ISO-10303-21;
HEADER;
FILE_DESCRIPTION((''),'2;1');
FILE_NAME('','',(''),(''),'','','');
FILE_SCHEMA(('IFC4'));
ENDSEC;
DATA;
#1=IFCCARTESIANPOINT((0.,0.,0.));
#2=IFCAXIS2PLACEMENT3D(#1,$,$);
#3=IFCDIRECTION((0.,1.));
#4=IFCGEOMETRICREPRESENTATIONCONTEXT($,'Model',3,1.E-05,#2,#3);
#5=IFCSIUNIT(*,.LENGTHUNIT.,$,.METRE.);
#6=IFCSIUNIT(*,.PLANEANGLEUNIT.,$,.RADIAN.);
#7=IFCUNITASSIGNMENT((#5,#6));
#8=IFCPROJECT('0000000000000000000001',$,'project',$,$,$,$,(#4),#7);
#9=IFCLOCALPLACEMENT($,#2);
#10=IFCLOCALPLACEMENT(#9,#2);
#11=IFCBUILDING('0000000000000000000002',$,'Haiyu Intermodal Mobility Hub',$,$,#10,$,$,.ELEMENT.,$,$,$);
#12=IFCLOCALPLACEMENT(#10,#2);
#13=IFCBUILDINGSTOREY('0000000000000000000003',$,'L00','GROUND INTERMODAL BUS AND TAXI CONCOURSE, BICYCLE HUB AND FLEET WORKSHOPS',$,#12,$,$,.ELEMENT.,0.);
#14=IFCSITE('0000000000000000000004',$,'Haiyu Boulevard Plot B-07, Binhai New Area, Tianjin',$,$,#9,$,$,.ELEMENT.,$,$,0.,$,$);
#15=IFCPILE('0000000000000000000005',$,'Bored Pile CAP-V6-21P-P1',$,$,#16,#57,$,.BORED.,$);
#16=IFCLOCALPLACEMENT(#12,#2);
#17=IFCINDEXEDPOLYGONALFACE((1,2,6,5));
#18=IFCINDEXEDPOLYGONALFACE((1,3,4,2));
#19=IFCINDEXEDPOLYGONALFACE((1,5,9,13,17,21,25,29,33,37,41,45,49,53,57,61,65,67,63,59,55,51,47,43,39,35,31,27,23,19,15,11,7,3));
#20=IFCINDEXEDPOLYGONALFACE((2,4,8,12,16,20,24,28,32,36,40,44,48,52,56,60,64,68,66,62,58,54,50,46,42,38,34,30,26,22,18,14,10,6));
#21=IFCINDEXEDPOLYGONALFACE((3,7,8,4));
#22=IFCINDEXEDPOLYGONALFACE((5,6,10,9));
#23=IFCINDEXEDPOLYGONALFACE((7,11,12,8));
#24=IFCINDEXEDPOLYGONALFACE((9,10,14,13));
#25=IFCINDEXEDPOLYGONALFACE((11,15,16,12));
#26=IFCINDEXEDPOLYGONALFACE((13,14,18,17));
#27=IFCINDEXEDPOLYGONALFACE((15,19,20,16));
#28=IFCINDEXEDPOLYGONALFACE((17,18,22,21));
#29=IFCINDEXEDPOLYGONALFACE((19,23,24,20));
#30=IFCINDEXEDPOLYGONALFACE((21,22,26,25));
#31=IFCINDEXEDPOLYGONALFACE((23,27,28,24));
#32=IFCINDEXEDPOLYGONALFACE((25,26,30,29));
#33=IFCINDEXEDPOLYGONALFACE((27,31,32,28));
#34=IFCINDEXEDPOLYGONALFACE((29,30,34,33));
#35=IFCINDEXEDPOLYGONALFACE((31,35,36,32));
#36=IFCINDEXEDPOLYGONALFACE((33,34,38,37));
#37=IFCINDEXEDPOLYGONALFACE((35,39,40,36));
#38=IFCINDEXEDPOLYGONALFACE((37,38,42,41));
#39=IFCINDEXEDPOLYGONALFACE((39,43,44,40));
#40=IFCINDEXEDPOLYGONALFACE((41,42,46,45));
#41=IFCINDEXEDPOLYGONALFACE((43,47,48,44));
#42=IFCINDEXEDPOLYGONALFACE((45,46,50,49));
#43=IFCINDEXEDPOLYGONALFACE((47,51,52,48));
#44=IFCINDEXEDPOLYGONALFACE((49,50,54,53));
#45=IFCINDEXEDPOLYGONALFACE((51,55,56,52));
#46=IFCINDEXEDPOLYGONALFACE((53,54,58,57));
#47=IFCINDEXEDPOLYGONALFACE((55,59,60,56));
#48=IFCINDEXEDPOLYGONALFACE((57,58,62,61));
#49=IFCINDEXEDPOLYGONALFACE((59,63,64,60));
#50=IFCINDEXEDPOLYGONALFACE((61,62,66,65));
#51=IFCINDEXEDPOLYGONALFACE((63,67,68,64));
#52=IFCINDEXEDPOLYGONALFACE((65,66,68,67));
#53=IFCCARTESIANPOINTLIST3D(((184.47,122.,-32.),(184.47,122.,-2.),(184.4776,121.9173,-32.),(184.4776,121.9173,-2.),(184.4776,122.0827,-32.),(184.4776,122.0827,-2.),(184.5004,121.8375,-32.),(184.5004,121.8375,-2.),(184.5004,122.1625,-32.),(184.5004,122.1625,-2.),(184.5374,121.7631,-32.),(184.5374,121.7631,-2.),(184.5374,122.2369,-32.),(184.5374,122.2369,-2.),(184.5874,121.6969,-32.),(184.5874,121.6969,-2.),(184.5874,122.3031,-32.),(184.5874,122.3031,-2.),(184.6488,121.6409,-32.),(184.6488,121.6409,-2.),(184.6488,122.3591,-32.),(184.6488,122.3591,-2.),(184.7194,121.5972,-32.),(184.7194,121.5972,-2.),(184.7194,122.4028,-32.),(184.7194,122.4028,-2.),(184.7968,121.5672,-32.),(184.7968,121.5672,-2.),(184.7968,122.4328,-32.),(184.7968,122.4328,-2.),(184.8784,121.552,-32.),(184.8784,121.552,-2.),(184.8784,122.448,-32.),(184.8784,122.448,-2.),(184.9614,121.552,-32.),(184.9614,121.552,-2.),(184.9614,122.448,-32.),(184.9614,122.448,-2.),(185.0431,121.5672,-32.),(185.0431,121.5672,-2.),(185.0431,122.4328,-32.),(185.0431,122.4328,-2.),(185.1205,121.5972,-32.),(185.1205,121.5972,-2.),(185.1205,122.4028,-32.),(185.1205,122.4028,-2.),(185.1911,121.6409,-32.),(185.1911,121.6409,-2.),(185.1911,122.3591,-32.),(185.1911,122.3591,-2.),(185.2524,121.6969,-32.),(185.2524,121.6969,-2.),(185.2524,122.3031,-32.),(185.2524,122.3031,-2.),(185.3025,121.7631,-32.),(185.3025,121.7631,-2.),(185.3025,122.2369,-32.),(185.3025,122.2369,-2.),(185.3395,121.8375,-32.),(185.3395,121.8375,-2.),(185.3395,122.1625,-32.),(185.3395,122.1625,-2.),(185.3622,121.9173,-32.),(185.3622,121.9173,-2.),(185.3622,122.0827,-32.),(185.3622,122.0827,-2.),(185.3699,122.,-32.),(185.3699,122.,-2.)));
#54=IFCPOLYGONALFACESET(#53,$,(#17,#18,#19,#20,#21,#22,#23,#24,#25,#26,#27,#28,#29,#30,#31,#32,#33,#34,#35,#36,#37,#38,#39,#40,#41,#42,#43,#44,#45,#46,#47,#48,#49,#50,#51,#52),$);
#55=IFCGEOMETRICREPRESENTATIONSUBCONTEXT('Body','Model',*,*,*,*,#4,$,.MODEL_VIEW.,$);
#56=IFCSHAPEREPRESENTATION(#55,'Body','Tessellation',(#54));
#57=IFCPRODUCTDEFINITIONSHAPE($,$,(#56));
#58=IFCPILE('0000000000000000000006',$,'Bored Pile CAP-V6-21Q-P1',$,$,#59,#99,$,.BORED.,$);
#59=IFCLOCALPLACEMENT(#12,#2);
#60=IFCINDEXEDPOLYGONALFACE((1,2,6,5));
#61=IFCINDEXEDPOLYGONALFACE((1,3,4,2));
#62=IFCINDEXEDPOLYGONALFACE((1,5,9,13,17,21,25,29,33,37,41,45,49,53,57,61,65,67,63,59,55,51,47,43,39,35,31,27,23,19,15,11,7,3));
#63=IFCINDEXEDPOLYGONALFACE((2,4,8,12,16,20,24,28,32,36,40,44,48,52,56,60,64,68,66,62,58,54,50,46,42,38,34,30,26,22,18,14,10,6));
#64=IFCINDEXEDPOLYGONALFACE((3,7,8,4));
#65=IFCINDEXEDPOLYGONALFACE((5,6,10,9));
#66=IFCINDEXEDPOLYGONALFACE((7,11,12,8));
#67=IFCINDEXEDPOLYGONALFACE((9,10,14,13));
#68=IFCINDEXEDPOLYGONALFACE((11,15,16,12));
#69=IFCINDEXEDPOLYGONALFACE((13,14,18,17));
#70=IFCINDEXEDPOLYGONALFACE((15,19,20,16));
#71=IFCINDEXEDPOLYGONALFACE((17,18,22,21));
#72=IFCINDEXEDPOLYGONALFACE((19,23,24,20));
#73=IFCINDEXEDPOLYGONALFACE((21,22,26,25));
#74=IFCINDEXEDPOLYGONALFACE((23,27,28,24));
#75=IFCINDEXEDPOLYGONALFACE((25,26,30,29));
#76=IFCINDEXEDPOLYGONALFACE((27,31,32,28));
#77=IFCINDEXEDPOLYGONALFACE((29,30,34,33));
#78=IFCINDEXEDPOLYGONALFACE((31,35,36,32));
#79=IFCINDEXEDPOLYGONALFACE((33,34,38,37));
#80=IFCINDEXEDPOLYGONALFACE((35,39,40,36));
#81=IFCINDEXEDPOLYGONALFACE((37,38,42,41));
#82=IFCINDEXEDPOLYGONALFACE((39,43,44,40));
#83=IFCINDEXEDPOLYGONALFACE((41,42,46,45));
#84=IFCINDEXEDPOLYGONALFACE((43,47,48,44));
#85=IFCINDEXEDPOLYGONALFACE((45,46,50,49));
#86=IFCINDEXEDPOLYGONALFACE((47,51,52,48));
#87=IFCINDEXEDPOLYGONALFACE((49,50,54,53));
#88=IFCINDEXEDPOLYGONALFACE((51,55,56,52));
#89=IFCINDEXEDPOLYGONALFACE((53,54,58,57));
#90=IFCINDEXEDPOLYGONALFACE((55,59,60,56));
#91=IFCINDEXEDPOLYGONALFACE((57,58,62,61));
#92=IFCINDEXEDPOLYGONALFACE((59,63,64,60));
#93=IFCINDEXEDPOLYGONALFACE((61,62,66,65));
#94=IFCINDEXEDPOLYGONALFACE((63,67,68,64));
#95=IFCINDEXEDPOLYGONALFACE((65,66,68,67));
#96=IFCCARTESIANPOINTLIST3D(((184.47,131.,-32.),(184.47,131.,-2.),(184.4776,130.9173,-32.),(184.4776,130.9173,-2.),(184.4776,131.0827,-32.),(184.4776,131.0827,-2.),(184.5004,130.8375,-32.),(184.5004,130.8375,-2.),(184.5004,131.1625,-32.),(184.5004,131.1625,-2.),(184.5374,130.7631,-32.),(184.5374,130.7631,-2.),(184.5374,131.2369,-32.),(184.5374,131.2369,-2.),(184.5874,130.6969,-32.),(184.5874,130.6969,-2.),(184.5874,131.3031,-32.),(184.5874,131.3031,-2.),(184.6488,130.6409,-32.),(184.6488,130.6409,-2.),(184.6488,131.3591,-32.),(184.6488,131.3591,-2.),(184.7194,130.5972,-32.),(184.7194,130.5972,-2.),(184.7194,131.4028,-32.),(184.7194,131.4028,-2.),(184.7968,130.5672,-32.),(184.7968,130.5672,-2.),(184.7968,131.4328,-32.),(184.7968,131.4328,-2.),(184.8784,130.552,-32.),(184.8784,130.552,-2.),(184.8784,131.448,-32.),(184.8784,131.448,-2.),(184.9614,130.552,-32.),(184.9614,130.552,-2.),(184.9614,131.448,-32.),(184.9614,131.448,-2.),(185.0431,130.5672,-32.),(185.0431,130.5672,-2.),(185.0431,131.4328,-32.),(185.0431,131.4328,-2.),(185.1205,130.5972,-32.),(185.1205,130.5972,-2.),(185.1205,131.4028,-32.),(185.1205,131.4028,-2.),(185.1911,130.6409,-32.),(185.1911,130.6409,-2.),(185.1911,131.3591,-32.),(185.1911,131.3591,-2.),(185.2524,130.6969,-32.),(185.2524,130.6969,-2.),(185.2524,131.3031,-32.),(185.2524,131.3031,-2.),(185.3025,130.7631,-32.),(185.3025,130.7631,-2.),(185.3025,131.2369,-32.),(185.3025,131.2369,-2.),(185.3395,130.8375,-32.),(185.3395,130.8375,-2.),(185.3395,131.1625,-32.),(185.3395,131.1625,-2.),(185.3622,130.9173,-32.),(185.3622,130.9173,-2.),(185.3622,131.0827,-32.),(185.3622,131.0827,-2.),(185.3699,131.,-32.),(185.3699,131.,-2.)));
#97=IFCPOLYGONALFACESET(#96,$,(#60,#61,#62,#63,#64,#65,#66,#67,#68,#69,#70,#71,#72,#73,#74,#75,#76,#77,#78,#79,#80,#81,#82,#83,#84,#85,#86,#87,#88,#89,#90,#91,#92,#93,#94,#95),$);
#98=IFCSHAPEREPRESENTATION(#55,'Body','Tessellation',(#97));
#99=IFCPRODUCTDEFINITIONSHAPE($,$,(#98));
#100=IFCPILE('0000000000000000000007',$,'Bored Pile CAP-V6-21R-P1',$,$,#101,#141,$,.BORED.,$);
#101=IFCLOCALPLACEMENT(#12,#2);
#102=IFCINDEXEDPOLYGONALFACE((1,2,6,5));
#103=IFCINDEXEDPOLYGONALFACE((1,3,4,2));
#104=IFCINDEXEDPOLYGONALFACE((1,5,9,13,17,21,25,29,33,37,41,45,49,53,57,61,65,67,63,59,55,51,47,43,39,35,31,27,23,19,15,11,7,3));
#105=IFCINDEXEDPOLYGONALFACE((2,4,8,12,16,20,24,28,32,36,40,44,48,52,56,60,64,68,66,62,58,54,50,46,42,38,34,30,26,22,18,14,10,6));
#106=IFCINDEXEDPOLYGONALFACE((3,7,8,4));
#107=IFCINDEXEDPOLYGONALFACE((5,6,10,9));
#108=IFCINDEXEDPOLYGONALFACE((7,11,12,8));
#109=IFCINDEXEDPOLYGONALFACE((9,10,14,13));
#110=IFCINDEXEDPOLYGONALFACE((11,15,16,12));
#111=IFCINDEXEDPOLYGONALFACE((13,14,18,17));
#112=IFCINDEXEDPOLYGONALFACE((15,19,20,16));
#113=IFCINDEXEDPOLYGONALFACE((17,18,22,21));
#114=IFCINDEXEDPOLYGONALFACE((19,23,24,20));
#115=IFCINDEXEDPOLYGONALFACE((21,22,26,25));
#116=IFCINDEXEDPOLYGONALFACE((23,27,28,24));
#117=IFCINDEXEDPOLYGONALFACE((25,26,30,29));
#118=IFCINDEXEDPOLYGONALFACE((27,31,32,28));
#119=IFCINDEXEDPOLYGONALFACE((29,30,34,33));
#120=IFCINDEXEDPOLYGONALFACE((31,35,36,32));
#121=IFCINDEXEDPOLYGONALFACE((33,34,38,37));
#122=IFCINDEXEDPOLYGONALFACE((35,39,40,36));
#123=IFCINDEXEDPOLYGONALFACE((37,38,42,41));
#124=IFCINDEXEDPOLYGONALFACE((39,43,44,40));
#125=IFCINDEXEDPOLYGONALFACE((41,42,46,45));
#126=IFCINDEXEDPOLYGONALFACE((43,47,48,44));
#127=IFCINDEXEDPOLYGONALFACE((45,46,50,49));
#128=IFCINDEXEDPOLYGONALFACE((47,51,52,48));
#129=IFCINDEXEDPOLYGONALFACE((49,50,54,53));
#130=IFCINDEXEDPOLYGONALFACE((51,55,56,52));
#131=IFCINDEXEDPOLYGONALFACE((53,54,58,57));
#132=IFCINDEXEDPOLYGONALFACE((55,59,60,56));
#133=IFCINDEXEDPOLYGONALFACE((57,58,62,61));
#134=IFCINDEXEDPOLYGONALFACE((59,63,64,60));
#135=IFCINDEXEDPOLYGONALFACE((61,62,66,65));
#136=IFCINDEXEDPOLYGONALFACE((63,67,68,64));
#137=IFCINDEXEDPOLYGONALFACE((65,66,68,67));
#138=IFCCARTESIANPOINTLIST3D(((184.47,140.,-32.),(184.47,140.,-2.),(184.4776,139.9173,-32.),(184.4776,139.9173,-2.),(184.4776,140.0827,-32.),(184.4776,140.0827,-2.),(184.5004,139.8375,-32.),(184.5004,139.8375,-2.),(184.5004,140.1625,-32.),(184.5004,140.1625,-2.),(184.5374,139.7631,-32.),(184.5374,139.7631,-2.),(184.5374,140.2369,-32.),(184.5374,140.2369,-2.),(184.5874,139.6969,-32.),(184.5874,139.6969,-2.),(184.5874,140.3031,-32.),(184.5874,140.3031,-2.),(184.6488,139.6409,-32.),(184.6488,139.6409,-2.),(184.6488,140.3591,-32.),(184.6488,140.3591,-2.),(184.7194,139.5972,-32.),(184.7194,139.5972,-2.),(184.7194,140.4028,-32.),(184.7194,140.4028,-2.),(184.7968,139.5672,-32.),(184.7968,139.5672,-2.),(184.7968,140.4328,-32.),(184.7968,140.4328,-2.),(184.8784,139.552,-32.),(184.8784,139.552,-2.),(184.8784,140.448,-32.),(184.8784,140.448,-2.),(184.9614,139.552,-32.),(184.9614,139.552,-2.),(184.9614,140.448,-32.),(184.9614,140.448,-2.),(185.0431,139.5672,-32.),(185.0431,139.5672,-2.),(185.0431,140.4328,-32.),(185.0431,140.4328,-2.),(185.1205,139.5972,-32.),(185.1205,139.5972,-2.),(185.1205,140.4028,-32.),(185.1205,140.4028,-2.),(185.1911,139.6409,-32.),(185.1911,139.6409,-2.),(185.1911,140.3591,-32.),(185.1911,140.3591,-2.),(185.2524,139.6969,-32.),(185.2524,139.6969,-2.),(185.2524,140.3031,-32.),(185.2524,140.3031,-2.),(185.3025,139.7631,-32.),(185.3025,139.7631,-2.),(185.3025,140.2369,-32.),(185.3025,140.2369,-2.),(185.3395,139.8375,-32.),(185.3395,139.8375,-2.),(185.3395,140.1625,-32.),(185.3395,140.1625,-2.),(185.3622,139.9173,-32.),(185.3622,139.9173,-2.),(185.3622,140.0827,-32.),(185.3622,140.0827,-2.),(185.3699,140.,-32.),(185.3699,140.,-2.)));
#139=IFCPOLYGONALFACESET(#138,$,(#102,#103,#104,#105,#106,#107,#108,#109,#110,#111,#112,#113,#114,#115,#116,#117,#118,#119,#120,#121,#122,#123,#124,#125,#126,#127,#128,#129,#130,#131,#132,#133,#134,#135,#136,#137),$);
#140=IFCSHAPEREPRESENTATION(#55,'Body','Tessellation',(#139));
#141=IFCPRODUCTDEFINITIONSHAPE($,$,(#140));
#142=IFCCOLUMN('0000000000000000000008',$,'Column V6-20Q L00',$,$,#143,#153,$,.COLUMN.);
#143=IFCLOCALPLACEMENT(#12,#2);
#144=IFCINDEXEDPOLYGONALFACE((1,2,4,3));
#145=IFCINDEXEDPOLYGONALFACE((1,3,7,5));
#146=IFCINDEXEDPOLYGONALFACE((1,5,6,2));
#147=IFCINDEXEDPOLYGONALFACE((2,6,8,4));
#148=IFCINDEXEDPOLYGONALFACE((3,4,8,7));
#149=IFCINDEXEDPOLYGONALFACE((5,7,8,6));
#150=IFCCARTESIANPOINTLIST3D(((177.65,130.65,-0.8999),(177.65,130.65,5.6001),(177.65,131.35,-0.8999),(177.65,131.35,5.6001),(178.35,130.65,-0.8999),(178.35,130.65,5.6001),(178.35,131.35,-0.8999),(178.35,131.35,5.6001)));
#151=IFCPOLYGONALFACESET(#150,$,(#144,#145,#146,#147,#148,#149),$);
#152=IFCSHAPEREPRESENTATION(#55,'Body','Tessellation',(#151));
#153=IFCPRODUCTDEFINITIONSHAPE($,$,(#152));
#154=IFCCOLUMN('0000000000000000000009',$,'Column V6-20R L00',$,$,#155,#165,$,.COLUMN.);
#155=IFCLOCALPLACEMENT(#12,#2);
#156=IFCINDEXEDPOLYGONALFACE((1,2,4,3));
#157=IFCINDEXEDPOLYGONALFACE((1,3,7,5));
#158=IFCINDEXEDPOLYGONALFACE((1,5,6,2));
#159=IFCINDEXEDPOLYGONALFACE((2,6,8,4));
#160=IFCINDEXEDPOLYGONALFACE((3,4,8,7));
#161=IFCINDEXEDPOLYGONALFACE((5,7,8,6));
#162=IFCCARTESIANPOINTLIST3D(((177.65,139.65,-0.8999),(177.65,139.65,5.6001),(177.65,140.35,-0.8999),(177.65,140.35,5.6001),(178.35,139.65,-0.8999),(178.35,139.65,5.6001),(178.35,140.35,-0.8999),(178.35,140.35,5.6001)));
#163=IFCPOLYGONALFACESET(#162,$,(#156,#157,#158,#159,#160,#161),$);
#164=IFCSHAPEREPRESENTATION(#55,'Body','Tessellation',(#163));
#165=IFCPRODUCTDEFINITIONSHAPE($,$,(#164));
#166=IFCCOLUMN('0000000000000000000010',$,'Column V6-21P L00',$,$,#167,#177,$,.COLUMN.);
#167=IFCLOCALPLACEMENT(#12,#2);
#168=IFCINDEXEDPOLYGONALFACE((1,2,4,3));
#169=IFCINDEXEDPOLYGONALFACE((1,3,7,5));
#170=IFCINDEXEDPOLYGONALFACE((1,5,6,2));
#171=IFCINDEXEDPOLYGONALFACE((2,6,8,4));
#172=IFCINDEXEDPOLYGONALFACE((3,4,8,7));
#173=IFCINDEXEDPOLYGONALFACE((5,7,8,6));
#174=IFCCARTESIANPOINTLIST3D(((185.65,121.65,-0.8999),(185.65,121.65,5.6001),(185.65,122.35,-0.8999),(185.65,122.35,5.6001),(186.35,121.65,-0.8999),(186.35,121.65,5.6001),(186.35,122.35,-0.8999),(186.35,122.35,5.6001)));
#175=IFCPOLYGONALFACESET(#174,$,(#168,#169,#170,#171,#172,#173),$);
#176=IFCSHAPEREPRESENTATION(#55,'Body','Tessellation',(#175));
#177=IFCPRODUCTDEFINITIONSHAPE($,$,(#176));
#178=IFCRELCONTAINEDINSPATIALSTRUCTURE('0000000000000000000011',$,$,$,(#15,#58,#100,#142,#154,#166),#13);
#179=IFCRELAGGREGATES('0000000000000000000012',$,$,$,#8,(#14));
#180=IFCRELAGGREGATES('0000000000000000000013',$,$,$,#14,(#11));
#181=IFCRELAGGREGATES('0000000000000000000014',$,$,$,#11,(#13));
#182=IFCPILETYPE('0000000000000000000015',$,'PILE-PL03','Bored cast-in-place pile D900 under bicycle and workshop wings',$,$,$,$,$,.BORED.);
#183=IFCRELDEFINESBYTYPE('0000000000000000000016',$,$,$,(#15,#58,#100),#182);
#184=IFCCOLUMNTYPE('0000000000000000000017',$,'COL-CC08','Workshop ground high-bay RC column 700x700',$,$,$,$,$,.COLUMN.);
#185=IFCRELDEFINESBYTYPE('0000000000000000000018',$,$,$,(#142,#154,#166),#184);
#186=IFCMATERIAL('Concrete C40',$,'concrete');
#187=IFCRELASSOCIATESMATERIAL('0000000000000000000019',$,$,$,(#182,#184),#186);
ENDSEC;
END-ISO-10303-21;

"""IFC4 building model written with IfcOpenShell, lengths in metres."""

from ifc_helpers import new_model, si_unit, direction, frame, origin, origin_2d, place, context, subcontext, project, spatial, rectangle, circle, extrude, material, material_profile, profile_set, type_object, element, save


model = new_model("IFC4")

# Units and contexts
model_context = context("Model", 3, precision=1e-05, world=origin(), true_north=direction((0.0, 1.0)))
body_context = subcontext(model_context, "Body", "Model", "MODEL_VIEW")
ifc_project = project(units=[si_unit("LENGTHUNIT", "METRE"), si_unit("PLANEANGLEUNIT", "RADIAN")], contexts=[model_context])

# Site, building, storey
site_placement = place(None, origin())
site = spatial("IfcSite", under=ifc_project, at=site_placement, Name="Haiyu Boulevard Plot B-07, Binhai New Area, Tianjin", CompositionType="ELEMENT", RefElevation=0.0)
building_placement = place(site_placement, origin())
building = spatial("IfcBuilding", under=site, at=building_placement, Name="Haiyu Intermodal Mobility Hub", CompositionType="ELEMENT")
storey_placement = place(building_placement, origin())
storey = spatial("IfcBuildingStorey", under=building, at=storey_placement, Name="L00", Description="GROUND INTERMODAL BUS AND TAXI CONCOURSE, BICYCLE HUB AND FLEET WORKSHOPS", CompositionType="ELEMENT", Elevation=0.0)

# Shared definitions
ifc_material = material(Name="Concrete C40", Category="concrete")

# Piles
ifc_material_profile_1 = material_profile(ifc_material, circle(Radius=0.45, at=origin_2d()), Name="PILE-D900")
ifc_profile_set_1 = profile_set([ifc_material_profile_1], Name="Concrete C40")
pile_type = type_object("IfcPileType", Name="PILE-PL03", Description="Bored cast-in-place pile D900 under bicycle and workshop wings", PredefinedType="BORED", material=ifc_profile_set_1)
for number, where, z_axis, x_axis, name in (
    (1, (184.9199, 122.0, -2.0), (0.0, 0.0, -1.0), (1.0, 0.0, 0.0), "Bored Pile CAP-V6-21P-P1"),
    (2, (184.9199, 131.0, -2.0), (0.0, 0.0, -1.0), (1.0, 0.0, 0.0), "Bored Pile CAP-V6-21Q-P1"),
    (3, (184.9199, 140.0, -2.0), (0.0, 0.0, -1.0), (1.0, 0.0, 0.0), "Bored Pile CAP-V6-21R-P1"),
):
    element("IfcPile", number, at=place(storey_placement, frame(where, z_axis=z_axis, x_axis=x_axis)), inside=storey, type_object=pile_type, Name=name, PredefinedType="BORED", context=body_context, shape_type="SweptSolid", body=[
        extrude(circle(Radius=0.45, at=origin_2d()), origin(), (0.0, 0.0, 1.0), 30.0),
    ])

# Columns
ifc_material_profile_2 = material_profile(ifc_material, rectangle(XDim=0.7, YDim=0.7, at=origin_2d()), Name="RC700x700")
ifc_profile_set_2 = profile_set([ifc_material_profile_2], Name="Concrete C40")
column_type = type_object("IfcColumnType", Name="COL-CC08", Description="Workshop ground high-bay RC column 700x700", PredefinedType="COLUMN", material=ifc_profile_set_2)
for number, where, z_axis, x_axis, name in (
    (4, (178.0, 131.0, -0.8999), (0.0, 0.0, 1.0), (1.0, 0.0, 0.0), "Column V6-20Q L00"),
    (5, (178.0, 140.0, -0.8999), (0.0, 0.0, 1.0), (1.0, 0.0, 0.0), "Column V6-20R L00"),
    (6, (186.0, 122.0, -0.8999), (0.0, 0.0, 1.0), (1.0, 0.0, 0.0), "Column V6-21P L00"),
):
    element("IfcColumn", number, at=place(storey_placement, frame(where, z_axis=z_axis, x_axis=x_axis)), inside=storey, type_object=column_type, Name=name, PredefinedType="COLUMN", context=body_context, shape_type="SweptSolid", body=[
        extrude(rectangle(XDim=0.7, YDim=0.7, at=origin_2d()), origin(), (0.0, 0.0, 1.0), 6.5),
    ])

save(model, "model.ifc")
